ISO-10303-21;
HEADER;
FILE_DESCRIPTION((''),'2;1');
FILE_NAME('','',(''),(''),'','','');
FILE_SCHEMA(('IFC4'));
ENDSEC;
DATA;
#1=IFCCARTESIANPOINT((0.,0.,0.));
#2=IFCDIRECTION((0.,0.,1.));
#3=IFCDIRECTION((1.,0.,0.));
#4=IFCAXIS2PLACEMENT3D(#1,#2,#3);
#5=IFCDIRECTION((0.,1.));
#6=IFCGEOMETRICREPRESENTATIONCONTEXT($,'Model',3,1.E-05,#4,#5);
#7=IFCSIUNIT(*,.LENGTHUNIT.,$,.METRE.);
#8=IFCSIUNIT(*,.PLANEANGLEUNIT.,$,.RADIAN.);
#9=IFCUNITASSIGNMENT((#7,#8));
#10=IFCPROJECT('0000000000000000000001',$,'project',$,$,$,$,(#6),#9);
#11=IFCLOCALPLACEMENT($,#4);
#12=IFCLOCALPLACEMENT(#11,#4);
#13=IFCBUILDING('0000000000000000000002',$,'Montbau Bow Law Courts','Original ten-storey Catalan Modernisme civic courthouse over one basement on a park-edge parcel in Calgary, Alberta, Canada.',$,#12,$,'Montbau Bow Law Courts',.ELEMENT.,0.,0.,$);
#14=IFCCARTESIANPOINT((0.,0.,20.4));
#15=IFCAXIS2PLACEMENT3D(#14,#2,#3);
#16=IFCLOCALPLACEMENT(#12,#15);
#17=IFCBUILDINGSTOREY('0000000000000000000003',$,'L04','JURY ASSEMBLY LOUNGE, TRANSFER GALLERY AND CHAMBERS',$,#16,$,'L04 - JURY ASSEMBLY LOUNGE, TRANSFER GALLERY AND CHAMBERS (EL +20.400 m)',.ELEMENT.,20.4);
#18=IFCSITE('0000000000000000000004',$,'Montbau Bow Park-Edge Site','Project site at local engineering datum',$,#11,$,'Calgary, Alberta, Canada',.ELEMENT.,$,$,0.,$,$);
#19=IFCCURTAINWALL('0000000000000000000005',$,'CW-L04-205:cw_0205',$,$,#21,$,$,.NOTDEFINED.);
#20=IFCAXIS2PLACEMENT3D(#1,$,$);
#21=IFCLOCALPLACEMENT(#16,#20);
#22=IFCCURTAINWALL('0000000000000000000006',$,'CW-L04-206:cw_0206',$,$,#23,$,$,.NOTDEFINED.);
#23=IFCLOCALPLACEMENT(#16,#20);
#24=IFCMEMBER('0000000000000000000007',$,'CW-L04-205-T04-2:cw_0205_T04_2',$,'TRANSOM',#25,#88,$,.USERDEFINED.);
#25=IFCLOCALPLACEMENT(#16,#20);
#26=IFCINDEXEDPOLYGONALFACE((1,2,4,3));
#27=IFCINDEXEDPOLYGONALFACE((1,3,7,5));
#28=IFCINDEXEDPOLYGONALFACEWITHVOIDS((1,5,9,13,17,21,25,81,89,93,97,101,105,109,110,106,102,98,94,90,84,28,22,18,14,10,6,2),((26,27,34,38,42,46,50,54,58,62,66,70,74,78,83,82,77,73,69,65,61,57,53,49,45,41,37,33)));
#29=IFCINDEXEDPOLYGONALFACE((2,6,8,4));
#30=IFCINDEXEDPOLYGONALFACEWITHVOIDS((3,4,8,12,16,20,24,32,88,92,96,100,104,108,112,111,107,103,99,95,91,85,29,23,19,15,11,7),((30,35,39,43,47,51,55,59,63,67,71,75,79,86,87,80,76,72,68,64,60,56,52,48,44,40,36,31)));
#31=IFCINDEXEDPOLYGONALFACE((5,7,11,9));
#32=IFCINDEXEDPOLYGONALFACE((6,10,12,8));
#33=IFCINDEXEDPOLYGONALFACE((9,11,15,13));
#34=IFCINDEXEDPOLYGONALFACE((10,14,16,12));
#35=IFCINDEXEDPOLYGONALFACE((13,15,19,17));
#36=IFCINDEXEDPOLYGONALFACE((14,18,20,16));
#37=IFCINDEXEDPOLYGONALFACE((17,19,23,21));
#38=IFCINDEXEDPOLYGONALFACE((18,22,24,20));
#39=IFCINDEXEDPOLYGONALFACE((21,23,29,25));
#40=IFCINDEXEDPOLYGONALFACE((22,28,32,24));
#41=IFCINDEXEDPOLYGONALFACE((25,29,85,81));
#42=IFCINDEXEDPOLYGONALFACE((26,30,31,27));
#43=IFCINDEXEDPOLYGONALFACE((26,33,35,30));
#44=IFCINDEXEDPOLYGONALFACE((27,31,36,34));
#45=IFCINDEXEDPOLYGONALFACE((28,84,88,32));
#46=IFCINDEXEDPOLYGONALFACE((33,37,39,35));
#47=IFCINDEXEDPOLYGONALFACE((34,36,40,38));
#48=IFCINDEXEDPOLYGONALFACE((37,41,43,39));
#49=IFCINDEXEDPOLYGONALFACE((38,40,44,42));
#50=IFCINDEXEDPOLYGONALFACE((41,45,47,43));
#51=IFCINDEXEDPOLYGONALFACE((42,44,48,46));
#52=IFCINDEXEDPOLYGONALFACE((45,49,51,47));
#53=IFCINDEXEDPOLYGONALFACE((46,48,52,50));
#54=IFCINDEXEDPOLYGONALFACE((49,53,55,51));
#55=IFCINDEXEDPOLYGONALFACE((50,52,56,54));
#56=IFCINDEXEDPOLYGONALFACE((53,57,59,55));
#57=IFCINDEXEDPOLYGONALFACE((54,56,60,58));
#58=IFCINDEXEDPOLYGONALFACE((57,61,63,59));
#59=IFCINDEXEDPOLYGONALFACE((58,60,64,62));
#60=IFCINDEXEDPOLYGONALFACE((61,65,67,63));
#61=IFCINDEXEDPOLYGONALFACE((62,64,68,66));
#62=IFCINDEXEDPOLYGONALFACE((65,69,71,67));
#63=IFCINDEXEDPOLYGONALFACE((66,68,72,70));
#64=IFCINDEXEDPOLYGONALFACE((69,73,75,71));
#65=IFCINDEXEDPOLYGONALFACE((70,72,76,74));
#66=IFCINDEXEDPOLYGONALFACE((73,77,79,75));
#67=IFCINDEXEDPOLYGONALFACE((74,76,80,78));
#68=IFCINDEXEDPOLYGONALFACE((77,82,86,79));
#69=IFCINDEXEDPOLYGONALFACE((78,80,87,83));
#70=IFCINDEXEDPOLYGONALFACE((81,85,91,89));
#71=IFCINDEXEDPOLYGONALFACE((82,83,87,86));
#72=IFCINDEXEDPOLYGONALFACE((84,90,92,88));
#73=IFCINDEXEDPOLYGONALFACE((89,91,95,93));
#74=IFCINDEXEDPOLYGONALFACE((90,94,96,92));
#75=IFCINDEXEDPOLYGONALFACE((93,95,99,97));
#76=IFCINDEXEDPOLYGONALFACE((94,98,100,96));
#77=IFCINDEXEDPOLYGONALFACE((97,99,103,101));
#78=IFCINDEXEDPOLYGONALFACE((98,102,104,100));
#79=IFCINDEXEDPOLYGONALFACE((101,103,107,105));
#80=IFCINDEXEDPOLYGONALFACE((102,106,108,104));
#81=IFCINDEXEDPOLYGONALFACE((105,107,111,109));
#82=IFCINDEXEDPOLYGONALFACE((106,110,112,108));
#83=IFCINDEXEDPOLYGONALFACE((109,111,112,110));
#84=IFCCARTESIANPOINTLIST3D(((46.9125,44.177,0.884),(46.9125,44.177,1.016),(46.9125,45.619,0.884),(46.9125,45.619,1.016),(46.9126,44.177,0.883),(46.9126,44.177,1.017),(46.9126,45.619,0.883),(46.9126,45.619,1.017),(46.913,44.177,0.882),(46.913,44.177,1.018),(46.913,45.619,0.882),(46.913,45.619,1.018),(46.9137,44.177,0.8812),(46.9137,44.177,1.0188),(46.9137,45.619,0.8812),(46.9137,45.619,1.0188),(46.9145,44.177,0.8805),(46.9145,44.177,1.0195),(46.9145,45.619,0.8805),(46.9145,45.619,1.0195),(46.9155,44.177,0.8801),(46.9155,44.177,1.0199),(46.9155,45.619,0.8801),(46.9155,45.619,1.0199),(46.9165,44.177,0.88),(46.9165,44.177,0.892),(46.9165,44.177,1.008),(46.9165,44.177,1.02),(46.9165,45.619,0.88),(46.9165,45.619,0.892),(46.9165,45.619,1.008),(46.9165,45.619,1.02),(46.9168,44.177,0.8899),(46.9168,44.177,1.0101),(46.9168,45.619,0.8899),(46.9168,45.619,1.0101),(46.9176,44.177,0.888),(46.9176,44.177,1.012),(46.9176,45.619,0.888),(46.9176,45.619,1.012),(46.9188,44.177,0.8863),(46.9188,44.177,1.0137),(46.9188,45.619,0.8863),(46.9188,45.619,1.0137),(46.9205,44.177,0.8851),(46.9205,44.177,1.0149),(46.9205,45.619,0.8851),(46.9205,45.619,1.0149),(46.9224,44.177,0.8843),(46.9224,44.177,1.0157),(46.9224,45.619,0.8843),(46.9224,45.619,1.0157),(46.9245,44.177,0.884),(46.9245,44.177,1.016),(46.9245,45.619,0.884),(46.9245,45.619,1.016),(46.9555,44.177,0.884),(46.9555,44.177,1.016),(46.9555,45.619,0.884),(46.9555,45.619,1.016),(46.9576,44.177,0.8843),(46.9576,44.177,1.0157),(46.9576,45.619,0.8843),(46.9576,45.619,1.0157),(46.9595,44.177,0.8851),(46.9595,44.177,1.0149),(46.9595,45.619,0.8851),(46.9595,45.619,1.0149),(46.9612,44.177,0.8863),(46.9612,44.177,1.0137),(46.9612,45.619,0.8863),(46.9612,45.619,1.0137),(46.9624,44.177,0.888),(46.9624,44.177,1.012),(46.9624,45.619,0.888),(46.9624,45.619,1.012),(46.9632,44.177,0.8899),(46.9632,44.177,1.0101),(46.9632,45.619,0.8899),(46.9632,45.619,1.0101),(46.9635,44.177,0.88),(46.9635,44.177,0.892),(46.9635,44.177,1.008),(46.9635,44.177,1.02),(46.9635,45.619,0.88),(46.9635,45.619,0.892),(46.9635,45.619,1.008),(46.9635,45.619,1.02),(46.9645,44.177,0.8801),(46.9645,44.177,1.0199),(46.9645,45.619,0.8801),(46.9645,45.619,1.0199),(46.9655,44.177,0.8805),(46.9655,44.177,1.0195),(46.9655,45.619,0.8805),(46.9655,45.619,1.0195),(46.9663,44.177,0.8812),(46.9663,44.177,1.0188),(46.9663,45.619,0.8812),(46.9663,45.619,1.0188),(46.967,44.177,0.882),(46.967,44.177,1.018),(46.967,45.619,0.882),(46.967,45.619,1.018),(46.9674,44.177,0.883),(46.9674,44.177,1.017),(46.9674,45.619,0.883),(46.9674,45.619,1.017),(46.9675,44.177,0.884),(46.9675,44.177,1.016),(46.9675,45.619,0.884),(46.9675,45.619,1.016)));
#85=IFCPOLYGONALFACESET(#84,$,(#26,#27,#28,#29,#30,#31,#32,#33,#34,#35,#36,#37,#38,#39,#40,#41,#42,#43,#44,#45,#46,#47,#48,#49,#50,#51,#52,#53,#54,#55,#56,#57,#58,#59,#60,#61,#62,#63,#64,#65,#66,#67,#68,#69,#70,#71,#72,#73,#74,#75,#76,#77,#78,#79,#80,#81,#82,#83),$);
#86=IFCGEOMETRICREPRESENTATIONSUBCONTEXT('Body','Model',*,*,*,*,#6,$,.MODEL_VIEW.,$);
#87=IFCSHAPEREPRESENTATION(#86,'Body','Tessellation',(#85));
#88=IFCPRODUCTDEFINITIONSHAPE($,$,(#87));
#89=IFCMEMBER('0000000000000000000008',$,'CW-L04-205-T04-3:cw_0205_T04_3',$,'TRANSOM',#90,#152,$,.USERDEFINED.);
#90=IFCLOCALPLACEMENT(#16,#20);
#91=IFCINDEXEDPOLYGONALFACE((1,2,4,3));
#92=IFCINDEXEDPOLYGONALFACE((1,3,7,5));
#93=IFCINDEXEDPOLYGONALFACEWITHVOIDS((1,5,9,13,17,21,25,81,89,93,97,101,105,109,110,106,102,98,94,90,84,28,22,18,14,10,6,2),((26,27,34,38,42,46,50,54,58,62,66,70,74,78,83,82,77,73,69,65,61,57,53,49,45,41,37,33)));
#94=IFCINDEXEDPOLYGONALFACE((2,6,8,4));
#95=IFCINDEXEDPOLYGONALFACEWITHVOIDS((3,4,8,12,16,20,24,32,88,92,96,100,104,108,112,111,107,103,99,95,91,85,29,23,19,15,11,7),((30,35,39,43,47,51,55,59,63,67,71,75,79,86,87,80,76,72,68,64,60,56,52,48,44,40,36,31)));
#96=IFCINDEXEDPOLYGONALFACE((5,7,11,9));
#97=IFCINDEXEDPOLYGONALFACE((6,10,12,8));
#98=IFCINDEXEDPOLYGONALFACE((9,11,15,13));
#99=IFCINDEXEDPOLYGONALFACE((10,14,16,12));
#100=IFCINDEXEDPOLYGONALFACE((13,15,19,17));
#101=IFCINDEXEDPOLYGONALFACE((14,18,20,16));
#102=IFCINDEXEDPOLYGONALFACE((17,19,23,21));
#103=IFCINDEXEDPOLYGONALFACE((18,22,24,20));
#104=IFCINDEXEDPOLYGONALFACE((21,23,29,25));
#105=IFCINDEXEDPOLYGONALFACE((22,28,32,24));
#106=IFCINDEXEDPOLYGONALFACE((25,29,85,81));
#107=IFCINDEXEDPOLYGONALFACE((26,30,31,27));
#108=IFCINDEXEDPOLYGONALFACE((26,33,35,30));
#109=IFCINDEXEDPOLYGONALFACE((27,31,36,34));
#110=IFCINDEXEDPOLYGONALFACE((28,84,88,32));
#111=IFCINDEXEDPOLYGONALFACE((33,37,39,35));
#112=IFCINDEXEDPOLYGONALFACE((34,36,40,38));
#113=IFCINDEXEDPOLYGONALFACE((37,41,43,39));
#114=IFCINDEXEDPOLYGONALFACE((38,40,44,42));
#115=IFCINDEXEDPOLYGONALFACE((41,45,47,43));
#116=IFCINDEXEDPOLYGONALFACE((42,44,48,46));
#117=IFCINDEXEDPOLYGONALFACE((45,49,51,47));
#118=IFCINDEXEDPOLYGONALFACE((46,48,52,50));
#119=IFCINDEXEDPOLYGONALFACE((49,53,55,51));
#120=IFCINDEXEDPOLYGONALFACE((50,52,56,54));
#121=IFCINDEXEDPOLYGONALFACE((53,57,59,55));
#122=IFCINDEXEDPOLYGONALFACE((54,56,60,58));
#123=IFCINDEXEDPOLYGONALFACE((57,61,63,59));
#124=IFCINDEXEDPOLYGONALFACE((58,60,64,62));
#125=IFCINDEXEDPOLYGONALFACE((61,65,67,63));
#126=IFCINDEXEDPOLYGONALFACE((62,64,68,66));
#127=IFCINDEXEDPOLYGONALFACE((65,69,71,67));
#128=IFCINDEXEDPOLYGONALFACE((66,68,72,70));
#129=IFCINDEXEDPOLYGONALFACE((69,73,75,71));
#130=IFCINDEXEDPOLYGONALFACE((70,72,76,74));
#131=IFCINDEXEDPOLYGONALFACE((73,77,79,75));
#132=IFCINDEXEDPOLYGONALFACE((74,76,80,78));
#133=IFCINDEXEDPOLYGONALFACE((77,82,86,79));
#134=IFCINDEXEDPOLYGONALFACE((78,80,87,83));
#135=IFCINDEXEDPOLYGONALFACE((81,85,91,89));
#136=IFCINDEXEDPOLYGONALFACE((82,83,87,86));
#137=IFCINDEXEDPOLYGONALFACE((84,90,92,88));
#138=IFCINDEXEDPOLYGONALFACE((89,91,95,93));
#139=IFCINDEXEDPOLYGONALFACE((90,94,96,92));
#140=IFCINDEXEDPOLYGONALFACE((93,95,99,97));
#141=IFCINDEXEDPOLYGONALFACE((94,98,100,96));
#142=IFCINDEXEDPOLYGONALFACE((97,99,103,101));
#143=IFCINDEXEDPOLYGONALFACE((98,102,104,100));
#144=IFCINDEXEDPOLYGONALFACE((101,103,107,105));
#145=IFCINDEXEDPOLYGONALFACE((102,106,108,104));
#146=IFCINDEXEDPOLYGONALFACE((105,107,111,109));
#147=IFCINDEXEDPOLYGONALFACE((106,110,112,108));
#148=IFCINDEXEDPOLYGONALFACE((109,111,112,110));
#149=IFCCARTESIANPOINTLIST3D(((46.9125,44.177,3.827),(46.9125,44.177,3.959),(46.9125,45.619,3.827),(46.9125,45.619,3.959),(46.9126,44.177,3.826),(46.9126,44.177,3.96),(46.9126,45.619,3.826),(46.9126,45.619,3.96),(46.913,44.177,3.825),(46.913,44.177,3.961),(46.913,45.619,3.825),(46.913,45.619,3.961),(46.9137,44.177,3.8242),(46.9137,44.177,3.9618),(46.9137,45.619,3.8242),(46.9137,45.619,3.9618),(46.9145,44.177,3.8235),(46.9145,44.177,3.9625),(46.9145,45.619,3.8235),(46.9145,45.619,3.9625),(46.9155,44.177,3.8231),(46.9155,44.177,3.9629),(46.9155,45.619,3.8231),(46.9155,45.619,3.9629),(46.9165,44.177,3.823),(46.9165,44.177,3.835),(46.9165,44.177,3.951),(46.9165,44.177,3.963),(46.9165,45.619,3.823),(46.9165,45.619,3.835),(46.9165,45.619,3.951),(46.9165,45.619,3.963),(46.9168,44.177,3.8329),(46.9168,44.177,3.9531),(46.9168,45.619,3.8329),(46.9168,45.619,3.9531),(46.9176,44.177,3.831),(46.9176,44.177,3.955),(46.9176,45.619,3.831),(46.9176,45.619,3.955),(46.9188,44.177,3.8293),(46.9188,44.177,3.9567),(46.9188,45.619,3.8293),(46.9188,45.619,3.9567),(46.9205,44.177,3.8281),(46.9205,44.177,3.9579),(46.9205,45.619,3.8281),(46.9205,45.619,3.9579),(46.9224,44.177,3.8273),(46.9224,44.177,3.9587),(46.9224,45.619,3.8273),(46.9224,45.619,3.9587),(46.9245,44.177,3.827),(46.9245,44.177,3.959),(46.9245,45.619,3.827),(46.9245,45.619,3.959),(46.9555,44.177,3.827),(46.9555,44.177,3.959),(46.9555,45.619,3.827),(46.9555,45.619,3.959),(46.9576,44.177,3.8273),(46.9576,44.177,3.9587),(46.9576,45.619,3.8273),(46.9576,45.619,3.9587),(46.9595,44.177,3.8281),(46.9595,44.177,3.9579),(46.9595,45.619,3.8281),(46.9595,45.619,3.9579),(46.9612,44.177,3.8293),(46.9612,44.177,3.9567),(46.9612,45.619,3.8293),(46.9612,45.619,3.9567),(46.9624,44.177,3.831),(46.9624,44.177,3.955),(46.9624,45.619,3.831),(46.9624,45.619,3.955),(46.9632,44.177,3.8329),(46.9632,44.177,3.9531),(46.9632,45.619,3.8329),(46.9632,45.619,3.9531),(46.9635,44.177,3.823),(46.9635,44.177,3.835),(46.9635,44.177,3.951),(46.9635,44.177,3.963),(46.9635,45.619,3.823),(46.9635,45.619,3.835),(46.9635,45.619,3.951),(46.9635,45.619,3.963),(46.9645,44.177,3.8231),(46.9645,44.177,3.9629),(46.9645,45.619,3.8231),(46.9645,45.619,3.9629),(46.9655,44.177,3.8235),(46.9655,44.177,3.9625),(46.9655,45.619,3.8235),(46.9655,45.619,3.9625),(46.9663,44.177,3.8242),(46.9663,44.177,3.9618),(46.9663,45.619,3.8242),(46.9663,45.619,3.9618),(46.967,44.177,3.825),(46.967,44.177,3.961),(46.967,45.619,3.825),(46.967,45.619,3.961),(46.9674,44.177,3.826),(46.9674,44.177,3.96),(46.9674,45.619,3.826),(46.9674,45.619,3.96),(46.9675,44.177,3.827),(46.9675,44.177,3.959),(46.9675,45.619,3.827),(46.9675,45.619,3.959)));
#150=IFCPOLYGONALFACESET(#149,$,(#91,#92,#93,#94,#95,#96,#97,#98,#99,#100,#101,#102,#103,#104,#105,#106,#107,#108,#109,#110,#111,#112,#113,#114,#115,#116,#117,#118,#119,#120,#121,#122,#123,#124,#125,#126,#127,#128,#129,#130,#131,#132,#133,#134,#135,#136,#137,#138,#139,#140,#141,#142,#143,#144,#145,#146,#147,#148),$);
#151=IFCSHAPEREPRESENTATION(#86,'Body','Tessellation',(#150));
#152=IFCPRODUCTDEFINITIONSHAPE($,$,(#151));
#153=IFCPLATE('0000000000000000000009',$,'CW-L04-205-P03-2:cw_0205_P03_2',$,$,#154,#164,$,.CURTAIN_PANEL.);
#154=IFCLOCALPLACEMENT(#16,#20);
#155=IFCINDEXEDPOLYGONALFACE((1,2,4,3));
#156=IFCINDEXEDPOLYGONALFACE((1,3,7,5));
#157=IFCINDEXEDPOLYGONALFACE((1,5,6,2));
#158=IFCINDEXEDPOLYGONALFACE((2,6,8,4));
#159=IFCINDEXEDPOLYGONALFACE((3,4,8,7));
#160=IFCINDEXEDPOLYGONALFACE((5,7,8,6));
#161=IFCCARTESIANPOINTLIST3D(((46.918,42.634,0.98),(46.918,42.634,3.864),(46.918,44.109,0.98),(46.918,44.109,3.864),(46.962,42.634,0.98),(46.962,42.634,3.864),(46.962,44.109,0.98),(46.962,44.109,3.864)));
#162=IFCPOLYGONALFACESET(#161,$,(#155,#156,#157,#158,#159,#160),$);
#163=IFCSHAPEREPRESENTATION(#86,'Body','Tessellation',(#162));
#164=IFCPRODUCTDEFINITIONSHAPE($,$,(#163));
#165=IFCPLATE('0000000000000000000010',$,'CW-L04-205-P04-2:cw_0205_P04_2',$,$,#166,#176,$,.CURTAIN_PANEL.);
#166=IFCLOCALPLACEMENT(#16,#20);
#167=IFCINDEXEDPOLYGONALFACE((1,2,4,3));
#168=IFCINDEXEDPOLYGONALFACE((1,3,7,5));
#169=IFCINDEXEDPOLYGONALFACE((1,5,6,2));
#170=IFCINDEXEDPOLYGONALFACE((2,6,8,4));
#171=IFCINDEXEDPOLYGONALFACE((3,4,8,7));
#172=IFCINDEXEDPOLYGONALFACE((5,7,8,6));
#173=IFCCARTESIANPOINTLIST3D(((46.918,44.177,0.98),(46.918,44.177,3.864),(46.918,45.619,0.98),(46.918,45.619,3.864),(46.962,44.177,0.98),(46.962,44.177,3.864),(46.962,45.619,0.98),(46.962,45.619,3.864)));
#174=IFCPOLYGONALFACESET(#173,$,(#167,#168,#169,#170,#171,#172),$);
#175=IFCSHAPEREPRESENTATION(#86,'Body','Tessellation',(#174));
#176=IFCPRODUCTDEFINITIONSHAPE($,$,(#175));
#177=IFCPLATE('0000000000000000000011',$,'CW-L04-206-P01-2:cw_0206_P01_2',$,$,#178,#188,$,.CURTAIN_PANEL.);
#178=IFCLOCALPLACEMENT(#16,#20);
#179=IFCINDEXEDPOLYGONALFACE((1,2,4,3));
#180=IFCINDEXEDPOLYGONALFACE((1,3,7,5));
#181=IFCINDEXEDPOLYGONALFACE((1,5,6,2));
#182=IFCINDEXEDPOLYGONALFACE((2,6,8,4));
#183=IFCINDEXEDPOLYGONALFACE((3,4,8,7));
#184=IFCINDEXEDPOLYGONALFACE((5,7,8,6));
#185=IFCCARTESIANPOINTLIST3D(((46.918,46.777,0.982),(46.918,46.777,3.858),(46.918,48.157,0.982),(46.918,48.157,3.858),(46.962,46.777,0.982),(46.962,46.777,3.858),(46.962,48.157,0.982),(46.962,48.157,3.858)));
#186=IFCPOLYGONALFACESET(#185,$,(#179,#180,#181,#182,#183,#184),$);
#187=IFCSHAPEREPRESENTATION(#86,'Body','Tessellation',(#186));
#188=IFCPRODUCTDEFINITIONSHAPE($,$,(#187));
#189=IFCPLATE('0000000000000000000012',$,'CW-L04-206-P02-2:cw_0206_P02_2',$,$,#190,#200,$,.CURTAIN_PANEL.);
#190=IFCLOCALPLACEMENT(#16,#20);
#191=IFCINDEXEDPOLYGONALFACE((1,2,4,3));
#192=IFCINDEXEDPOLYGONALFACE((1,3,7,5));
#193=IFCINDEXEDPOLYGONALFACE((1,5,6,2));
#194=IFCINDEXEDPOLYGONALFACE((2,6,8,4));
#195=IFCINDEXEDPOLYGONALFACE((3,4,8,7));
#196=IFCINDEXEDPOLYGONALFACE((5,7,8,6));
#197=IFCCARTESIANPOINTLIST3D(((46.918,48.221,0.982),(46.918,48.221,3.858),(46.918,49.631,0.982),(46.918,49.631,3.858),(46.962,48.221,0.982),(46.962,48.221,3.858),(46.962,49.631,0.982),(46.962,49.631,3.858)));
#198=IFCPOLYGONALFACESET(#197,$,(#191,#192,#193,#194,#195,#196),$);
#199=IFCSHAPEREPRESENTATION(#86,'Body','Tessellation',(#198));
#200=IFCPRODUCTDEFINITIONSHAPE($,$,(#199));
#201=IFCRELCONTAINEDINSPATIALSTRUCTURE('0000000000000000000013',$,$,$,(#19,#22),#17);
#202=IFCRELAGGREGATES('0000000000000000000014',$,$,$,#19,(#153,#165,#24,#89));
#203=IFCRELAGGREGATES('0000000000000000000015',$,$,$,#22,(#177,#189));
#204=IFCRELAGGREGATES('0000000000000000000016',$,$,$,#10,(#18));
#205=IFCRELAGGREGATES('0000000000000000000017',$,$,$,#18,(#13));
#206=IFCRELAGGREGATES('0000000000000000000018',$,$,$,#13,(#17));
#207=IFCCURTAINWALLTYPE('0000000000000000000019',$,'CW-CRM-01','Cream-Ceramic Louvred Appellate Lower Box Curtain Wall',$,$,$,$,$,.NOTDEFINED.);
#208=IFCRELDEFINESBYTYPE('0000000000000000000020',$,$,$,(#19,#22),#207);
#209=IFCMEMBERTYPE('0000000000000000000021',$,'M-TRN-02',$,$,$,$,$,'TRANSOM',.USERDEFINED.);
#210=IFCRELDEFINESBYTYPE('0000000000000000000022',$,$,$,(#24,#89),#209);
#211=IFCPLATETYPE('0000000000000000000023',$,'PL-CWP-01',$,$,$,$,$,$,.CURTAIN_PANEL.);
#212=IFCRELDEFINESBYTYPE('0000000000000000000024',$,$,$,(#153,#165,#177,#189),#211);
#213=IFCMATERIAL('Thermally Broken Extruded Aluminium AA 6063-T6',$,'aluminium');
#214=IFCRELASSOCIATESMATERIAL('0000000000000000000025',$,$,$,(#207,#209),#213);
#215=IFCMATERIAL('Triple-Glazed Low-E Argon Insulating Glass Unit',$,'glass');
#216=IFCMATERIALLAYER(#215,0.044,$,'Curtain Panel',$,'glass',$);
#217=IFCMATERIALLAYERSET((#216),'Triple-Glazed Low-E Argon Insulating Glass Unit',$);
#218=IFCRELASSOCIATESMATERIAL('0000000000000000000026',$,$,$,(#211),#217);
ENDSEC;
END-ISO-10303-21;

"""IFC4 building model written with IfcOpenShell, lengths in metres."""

from ifc_helpers import new_model, si_unit, direction, frame, frame_2d, origin_with_axes, origin_2d_with_axis, place, context, subcontext, project, spatial, rectangle, hollow_rectangle, extrude, material, layer, layer_set, material_profile, profile_set, type_object, element, aggregate, save


model = new_model("IFC4")

# Units and contexts
model_context = context("Model", 3, precision=1e-05, world=origin_with_axes(), true_north=direction((0.0, 1.0)))
body_context = subcontext(model_context, "Body", "Model", "MODEL_VIEW")
ifc_project = project(units=[si_unit("LENGTHUNIT", "METRE"), si_unit("PLANEANGLEUNIT", "RADIAN")], contexts=[model_context])

# Site, building, storey
site_placement = place(None, origin_with_axes())
site = spatial("IfcSite", under=ifc_project, at=site_placement, Name="Montbau Bow Park-Edge Site", Description="Project site at local engineering datum", LongName="Calgary, Alberta, Canada", CompositionType="ELEMENT", RefElevation=0.0)
building_placement = place(site_placement, origin_with_axes())
building = spatial("IfcBuilding", under=site, at=building_placement, Name="Montbau Bow Law Courts", Description="Original ten-storey Catalan Modernisme civic courthouse over one basement on a park-edge parcel in Calgary, Alberta, Canada.", LongName="Montbau Bow Law Courts", CompositionType="ELEMENT", ElevationOfRefHeight=0.0, ElevationOfTerrain=0.0)
storey_placement = place(building_placement, frame((0.0, 0.0, 20.4), z_axis=(0.0, 0.0, 1.0), x_axis=(1.0, 0.0, 0.0)))
storey = spatial("IfcBuildingStorey", under=building, at=storey_placement, Name="L04", Description="JURY ASSEMBLY LOUNGE, TRANSFER GALLERY AND CHAMBERS", LongName="L04 - JURY ASSEMBLY LOUNGE, TRANSFER GALLERY AND CHAMBERS (EL +20.400 m)", CompositionType="ELEMENT", Elevation=20.4)

# Curtain walls
ifc_material_1 = material(Name="Thermally Broken Extruded Aluminium AA 6063-T6", Category="aluminium")
curtain_wall_type = type_object("IfcCurtainWallType", Name="CW-CRM-01", Description="Cream-Ceramic Louvred Appellate Lower Box Curtain Wall", PredefinedType="NOTDEFINED", material=ifc_material_1)
curtain_wall_1_placement = place(None, frame((46.94, 39.515, 20.4), z_axis=(0.0, 0.0, 1.0), x_axis=(1.0, 0.0, 0.0)))
curtain_wall_1 = element("IfcCurtainWall", 1, at=curtain_wall_1_placement, inside=storey, type_object=curtain_wall_type, Name="CW-L04-205:cw_0205", PredefinedType="NOTDEFINED")
curtain_wall_2_placement = place(None, frame((46.94, 46.715, 20.4), z_axis=(0.0, 0.0, 1.0), x_axis=(1.0, 0.0, 0.0)))
curtain_wall_2 = element("IfcCurtainWall", 2, at=curtain_wall_2_placement, inside=storey, type_object=curtain_wall_type, Name="CW-L04-206:cw_0206", PredefinedType="NOTDEFINED")

# Members
ifc_material_profile_1 = material_profile(ifc_material_1, hollow_rectangle(XDim=0.055, YDim=0.14, WallThickness=0.004, InnerFilletRadius=0.008, OuterFilletRadius=0.004, at=origin_2d_with_axis()), Name="CWT-140X55", Category="Main", Priority=0)
ifc_profile_set_1 = profile_set([ifc_material_profile_1], Name="Thermally Broken Extruded Aluminium AA 6063-T6")
member_type_1 = type_object("IfcMemberType", Name="M-TRN-02", ElementType="TRANSOM", PredefinedType="USERDEFINED", material=ifc_profile_set_1)
member_1_placement = place(None, frame((46.94, 44.177, 21.35), z_axis=(0.0, 1.0, 0.0), x_axis=(-1.0, 0.0, 0.0)))
member_1 = element("IfcMember", 3, at=member_1_placement, type_object=member_type_1, Name="CW-L04-205-T04-2:cw_0205_T04_2", ObjectType="TRANSOM", PredefinedType="USERDEFINED", context=body_context, shape_type="SweptSolid", body=[
    extrude(hollow_rectangle(XDim=0.055, YDim=0.14, WallThickness=0.004, InnerFilletRadius=0.008, OuterFilletRadius=0.004, at=origin_2d_with_axis()), origin_with_axes(), (0.0, 0.0, 1.0), 1.442),
])
member_2_placement = place(None, frame((46.94, 44.177, 24.293), z_axis=(0.0, 1.0, 0.0), x_axis=(-1.0, 0.0, 0.0)))
member_2 = element("IfcMember", 4, at=member_2_placement, type_object=member_type_1, Name="CW-L04-205-T04-3:cw_0205_T04_3", ObjectType="TRANSOM", PredefinedType="USERDEFINED", context=body_context, shape_type="SweptSolid", body=[
    extrude(hollow_rectangle(XDim=0.055, YDim=0.14, WallThickness=0.004, InnerFilletRadius=0.008, OuterFilletRadius=0.004, at=origin_2d_with_axis()), origin_with_axes(), (0.0, 0.0, 1.0), 1.442),
])

# Plates
ifc_material_2 = material(Name="Triple-Glazed Low-E Argon Insulating Glass Unit", Category="glass")
ifc_layer_1 = layer(ifc_material_2, 0.044, Name="Curtain Panel", Category="glass")
ifc_layer_set_1 = layer_set([ifc_layer_1], Name="Triple-Glazed Low-E Argon Insulating Glass Unit")
plate_type_1 = type_object("IfcPlateType", Name="PL-CWP-01", PredefinedType="CURTAIN_PANEL", material=ifc_layer_set_1)
plate_1_placement = place(None, frame((46.94, 42.634, 21.38), z_axis=(1.0, 0.0, 0.0), x_axis=(0.0, 1.0, 0.0)))
plate_1 = element("IfcPlate", 5, at=plate_1_placement, type_object=plate_type_1, Name="CW-L04-205-P03-2:cw_0205_P03_2", PredefinedType="CURTAIN_PANEL", context=body_context, shape_type="SweptSolid", body=[
    extrude(rectangle(XDim=1.475, YDim=2.884, at=frame_2d((0.7375, 1.442), x_axis=(1.0, 0.0))), frame((0.0, 0.0, -0.022), z_axis=(0.0, 0.0, 1.0), x_axis=(1.0, 0.0, 0.0)), (0.0, 0.0, 1.0), 0.044),
])
plate_2_placement = place(None, frame((46.94, 44.177, 21.38), z_axis=(1.0, 0.0, 0.0), x_axis=(0.0, 1.0, 0.0)))
plate_2 = element("IfcPlate", 6, at=plate_2_placement, type_object=plate_type_1, Name="CW-L04-205-P04-2:cw_0205_P04_2", PredefinedType="CURTAIN_PANEL", context=body_context, shape_type="SweptSolid", body=[
    extrude(rectangle(XDim=1.442, YDim=2.884, at=frame_2d((0.721, 1.442), x_axis=(1.0, 0.0))), frame((0.0, 0.0, -0.022), z_axis=(0.0, 0.0, 1.0), x_axis=(1.0, 0.0, 0.0)), (0.0, 0.0, 1.0), 0.044),
])
plate_3_placement = place(None, frame((46.94, 46.777, 21.382), z_axis=(1.0, 0.0, 0.0), x_axis=(0.0, 1.0, 0.0)))
plate_3 = element("IfcPlate", 7, at=plate_3_placement, type_object=plate_type_1, Name="CW-L04-206-P01-2:cw_0206_P01_2", PredefinedType="CURTAIN_PANEL", context=body_context, shape_type="SweptSolid", body=[
    extrude(rectangle(XDim=1.38, YDim=2.876, at=frame_2d((0.69, 1.438), x_axis=(1.0, 0.0))), frame((0.0, 0.0, -0.022), z_axis=(0.0, 0.0, 1.0), x_axis=(1.0, 0.0, 0.0)), (0.0, 0.0, 1.0), 0.044),
])
plate_4_placement = place(None, frame((46.94, 48.221, 21.382), z_axis=(1.0, 0.0, 0.0), x_axis=(0.0, 1.0, 0.0)))
plate_4 = element("IfcPlate", 8, at=plate_4_placement, type_object=plate_type_1, Name="CW-L04-206-P02-2:cw_0206_P02_2", PredefinedType="CURTAIN_PANEL", context=body_context, shape_type="SweptSolid", body=[
    extrude(rectangle(XDim=1.41, YDim=2.876, at=frame_2d((0.705, 1.438), x_axis=(1.0, 0.0))), frame((0.0, 0.0, -0.022), z_axis=(0.0, 0.0, 1.0), x_axis=(1.0, 0.0, 0.0)), (0.0, 0.0, 1.0), 0.044),
])
aggregate(curtain_wall_1, [plate_1, plate_2, member_1, member_2])
aggregate(curtain_wall_2, [plate_3, plate_4])

save(model, "model.ifc")
